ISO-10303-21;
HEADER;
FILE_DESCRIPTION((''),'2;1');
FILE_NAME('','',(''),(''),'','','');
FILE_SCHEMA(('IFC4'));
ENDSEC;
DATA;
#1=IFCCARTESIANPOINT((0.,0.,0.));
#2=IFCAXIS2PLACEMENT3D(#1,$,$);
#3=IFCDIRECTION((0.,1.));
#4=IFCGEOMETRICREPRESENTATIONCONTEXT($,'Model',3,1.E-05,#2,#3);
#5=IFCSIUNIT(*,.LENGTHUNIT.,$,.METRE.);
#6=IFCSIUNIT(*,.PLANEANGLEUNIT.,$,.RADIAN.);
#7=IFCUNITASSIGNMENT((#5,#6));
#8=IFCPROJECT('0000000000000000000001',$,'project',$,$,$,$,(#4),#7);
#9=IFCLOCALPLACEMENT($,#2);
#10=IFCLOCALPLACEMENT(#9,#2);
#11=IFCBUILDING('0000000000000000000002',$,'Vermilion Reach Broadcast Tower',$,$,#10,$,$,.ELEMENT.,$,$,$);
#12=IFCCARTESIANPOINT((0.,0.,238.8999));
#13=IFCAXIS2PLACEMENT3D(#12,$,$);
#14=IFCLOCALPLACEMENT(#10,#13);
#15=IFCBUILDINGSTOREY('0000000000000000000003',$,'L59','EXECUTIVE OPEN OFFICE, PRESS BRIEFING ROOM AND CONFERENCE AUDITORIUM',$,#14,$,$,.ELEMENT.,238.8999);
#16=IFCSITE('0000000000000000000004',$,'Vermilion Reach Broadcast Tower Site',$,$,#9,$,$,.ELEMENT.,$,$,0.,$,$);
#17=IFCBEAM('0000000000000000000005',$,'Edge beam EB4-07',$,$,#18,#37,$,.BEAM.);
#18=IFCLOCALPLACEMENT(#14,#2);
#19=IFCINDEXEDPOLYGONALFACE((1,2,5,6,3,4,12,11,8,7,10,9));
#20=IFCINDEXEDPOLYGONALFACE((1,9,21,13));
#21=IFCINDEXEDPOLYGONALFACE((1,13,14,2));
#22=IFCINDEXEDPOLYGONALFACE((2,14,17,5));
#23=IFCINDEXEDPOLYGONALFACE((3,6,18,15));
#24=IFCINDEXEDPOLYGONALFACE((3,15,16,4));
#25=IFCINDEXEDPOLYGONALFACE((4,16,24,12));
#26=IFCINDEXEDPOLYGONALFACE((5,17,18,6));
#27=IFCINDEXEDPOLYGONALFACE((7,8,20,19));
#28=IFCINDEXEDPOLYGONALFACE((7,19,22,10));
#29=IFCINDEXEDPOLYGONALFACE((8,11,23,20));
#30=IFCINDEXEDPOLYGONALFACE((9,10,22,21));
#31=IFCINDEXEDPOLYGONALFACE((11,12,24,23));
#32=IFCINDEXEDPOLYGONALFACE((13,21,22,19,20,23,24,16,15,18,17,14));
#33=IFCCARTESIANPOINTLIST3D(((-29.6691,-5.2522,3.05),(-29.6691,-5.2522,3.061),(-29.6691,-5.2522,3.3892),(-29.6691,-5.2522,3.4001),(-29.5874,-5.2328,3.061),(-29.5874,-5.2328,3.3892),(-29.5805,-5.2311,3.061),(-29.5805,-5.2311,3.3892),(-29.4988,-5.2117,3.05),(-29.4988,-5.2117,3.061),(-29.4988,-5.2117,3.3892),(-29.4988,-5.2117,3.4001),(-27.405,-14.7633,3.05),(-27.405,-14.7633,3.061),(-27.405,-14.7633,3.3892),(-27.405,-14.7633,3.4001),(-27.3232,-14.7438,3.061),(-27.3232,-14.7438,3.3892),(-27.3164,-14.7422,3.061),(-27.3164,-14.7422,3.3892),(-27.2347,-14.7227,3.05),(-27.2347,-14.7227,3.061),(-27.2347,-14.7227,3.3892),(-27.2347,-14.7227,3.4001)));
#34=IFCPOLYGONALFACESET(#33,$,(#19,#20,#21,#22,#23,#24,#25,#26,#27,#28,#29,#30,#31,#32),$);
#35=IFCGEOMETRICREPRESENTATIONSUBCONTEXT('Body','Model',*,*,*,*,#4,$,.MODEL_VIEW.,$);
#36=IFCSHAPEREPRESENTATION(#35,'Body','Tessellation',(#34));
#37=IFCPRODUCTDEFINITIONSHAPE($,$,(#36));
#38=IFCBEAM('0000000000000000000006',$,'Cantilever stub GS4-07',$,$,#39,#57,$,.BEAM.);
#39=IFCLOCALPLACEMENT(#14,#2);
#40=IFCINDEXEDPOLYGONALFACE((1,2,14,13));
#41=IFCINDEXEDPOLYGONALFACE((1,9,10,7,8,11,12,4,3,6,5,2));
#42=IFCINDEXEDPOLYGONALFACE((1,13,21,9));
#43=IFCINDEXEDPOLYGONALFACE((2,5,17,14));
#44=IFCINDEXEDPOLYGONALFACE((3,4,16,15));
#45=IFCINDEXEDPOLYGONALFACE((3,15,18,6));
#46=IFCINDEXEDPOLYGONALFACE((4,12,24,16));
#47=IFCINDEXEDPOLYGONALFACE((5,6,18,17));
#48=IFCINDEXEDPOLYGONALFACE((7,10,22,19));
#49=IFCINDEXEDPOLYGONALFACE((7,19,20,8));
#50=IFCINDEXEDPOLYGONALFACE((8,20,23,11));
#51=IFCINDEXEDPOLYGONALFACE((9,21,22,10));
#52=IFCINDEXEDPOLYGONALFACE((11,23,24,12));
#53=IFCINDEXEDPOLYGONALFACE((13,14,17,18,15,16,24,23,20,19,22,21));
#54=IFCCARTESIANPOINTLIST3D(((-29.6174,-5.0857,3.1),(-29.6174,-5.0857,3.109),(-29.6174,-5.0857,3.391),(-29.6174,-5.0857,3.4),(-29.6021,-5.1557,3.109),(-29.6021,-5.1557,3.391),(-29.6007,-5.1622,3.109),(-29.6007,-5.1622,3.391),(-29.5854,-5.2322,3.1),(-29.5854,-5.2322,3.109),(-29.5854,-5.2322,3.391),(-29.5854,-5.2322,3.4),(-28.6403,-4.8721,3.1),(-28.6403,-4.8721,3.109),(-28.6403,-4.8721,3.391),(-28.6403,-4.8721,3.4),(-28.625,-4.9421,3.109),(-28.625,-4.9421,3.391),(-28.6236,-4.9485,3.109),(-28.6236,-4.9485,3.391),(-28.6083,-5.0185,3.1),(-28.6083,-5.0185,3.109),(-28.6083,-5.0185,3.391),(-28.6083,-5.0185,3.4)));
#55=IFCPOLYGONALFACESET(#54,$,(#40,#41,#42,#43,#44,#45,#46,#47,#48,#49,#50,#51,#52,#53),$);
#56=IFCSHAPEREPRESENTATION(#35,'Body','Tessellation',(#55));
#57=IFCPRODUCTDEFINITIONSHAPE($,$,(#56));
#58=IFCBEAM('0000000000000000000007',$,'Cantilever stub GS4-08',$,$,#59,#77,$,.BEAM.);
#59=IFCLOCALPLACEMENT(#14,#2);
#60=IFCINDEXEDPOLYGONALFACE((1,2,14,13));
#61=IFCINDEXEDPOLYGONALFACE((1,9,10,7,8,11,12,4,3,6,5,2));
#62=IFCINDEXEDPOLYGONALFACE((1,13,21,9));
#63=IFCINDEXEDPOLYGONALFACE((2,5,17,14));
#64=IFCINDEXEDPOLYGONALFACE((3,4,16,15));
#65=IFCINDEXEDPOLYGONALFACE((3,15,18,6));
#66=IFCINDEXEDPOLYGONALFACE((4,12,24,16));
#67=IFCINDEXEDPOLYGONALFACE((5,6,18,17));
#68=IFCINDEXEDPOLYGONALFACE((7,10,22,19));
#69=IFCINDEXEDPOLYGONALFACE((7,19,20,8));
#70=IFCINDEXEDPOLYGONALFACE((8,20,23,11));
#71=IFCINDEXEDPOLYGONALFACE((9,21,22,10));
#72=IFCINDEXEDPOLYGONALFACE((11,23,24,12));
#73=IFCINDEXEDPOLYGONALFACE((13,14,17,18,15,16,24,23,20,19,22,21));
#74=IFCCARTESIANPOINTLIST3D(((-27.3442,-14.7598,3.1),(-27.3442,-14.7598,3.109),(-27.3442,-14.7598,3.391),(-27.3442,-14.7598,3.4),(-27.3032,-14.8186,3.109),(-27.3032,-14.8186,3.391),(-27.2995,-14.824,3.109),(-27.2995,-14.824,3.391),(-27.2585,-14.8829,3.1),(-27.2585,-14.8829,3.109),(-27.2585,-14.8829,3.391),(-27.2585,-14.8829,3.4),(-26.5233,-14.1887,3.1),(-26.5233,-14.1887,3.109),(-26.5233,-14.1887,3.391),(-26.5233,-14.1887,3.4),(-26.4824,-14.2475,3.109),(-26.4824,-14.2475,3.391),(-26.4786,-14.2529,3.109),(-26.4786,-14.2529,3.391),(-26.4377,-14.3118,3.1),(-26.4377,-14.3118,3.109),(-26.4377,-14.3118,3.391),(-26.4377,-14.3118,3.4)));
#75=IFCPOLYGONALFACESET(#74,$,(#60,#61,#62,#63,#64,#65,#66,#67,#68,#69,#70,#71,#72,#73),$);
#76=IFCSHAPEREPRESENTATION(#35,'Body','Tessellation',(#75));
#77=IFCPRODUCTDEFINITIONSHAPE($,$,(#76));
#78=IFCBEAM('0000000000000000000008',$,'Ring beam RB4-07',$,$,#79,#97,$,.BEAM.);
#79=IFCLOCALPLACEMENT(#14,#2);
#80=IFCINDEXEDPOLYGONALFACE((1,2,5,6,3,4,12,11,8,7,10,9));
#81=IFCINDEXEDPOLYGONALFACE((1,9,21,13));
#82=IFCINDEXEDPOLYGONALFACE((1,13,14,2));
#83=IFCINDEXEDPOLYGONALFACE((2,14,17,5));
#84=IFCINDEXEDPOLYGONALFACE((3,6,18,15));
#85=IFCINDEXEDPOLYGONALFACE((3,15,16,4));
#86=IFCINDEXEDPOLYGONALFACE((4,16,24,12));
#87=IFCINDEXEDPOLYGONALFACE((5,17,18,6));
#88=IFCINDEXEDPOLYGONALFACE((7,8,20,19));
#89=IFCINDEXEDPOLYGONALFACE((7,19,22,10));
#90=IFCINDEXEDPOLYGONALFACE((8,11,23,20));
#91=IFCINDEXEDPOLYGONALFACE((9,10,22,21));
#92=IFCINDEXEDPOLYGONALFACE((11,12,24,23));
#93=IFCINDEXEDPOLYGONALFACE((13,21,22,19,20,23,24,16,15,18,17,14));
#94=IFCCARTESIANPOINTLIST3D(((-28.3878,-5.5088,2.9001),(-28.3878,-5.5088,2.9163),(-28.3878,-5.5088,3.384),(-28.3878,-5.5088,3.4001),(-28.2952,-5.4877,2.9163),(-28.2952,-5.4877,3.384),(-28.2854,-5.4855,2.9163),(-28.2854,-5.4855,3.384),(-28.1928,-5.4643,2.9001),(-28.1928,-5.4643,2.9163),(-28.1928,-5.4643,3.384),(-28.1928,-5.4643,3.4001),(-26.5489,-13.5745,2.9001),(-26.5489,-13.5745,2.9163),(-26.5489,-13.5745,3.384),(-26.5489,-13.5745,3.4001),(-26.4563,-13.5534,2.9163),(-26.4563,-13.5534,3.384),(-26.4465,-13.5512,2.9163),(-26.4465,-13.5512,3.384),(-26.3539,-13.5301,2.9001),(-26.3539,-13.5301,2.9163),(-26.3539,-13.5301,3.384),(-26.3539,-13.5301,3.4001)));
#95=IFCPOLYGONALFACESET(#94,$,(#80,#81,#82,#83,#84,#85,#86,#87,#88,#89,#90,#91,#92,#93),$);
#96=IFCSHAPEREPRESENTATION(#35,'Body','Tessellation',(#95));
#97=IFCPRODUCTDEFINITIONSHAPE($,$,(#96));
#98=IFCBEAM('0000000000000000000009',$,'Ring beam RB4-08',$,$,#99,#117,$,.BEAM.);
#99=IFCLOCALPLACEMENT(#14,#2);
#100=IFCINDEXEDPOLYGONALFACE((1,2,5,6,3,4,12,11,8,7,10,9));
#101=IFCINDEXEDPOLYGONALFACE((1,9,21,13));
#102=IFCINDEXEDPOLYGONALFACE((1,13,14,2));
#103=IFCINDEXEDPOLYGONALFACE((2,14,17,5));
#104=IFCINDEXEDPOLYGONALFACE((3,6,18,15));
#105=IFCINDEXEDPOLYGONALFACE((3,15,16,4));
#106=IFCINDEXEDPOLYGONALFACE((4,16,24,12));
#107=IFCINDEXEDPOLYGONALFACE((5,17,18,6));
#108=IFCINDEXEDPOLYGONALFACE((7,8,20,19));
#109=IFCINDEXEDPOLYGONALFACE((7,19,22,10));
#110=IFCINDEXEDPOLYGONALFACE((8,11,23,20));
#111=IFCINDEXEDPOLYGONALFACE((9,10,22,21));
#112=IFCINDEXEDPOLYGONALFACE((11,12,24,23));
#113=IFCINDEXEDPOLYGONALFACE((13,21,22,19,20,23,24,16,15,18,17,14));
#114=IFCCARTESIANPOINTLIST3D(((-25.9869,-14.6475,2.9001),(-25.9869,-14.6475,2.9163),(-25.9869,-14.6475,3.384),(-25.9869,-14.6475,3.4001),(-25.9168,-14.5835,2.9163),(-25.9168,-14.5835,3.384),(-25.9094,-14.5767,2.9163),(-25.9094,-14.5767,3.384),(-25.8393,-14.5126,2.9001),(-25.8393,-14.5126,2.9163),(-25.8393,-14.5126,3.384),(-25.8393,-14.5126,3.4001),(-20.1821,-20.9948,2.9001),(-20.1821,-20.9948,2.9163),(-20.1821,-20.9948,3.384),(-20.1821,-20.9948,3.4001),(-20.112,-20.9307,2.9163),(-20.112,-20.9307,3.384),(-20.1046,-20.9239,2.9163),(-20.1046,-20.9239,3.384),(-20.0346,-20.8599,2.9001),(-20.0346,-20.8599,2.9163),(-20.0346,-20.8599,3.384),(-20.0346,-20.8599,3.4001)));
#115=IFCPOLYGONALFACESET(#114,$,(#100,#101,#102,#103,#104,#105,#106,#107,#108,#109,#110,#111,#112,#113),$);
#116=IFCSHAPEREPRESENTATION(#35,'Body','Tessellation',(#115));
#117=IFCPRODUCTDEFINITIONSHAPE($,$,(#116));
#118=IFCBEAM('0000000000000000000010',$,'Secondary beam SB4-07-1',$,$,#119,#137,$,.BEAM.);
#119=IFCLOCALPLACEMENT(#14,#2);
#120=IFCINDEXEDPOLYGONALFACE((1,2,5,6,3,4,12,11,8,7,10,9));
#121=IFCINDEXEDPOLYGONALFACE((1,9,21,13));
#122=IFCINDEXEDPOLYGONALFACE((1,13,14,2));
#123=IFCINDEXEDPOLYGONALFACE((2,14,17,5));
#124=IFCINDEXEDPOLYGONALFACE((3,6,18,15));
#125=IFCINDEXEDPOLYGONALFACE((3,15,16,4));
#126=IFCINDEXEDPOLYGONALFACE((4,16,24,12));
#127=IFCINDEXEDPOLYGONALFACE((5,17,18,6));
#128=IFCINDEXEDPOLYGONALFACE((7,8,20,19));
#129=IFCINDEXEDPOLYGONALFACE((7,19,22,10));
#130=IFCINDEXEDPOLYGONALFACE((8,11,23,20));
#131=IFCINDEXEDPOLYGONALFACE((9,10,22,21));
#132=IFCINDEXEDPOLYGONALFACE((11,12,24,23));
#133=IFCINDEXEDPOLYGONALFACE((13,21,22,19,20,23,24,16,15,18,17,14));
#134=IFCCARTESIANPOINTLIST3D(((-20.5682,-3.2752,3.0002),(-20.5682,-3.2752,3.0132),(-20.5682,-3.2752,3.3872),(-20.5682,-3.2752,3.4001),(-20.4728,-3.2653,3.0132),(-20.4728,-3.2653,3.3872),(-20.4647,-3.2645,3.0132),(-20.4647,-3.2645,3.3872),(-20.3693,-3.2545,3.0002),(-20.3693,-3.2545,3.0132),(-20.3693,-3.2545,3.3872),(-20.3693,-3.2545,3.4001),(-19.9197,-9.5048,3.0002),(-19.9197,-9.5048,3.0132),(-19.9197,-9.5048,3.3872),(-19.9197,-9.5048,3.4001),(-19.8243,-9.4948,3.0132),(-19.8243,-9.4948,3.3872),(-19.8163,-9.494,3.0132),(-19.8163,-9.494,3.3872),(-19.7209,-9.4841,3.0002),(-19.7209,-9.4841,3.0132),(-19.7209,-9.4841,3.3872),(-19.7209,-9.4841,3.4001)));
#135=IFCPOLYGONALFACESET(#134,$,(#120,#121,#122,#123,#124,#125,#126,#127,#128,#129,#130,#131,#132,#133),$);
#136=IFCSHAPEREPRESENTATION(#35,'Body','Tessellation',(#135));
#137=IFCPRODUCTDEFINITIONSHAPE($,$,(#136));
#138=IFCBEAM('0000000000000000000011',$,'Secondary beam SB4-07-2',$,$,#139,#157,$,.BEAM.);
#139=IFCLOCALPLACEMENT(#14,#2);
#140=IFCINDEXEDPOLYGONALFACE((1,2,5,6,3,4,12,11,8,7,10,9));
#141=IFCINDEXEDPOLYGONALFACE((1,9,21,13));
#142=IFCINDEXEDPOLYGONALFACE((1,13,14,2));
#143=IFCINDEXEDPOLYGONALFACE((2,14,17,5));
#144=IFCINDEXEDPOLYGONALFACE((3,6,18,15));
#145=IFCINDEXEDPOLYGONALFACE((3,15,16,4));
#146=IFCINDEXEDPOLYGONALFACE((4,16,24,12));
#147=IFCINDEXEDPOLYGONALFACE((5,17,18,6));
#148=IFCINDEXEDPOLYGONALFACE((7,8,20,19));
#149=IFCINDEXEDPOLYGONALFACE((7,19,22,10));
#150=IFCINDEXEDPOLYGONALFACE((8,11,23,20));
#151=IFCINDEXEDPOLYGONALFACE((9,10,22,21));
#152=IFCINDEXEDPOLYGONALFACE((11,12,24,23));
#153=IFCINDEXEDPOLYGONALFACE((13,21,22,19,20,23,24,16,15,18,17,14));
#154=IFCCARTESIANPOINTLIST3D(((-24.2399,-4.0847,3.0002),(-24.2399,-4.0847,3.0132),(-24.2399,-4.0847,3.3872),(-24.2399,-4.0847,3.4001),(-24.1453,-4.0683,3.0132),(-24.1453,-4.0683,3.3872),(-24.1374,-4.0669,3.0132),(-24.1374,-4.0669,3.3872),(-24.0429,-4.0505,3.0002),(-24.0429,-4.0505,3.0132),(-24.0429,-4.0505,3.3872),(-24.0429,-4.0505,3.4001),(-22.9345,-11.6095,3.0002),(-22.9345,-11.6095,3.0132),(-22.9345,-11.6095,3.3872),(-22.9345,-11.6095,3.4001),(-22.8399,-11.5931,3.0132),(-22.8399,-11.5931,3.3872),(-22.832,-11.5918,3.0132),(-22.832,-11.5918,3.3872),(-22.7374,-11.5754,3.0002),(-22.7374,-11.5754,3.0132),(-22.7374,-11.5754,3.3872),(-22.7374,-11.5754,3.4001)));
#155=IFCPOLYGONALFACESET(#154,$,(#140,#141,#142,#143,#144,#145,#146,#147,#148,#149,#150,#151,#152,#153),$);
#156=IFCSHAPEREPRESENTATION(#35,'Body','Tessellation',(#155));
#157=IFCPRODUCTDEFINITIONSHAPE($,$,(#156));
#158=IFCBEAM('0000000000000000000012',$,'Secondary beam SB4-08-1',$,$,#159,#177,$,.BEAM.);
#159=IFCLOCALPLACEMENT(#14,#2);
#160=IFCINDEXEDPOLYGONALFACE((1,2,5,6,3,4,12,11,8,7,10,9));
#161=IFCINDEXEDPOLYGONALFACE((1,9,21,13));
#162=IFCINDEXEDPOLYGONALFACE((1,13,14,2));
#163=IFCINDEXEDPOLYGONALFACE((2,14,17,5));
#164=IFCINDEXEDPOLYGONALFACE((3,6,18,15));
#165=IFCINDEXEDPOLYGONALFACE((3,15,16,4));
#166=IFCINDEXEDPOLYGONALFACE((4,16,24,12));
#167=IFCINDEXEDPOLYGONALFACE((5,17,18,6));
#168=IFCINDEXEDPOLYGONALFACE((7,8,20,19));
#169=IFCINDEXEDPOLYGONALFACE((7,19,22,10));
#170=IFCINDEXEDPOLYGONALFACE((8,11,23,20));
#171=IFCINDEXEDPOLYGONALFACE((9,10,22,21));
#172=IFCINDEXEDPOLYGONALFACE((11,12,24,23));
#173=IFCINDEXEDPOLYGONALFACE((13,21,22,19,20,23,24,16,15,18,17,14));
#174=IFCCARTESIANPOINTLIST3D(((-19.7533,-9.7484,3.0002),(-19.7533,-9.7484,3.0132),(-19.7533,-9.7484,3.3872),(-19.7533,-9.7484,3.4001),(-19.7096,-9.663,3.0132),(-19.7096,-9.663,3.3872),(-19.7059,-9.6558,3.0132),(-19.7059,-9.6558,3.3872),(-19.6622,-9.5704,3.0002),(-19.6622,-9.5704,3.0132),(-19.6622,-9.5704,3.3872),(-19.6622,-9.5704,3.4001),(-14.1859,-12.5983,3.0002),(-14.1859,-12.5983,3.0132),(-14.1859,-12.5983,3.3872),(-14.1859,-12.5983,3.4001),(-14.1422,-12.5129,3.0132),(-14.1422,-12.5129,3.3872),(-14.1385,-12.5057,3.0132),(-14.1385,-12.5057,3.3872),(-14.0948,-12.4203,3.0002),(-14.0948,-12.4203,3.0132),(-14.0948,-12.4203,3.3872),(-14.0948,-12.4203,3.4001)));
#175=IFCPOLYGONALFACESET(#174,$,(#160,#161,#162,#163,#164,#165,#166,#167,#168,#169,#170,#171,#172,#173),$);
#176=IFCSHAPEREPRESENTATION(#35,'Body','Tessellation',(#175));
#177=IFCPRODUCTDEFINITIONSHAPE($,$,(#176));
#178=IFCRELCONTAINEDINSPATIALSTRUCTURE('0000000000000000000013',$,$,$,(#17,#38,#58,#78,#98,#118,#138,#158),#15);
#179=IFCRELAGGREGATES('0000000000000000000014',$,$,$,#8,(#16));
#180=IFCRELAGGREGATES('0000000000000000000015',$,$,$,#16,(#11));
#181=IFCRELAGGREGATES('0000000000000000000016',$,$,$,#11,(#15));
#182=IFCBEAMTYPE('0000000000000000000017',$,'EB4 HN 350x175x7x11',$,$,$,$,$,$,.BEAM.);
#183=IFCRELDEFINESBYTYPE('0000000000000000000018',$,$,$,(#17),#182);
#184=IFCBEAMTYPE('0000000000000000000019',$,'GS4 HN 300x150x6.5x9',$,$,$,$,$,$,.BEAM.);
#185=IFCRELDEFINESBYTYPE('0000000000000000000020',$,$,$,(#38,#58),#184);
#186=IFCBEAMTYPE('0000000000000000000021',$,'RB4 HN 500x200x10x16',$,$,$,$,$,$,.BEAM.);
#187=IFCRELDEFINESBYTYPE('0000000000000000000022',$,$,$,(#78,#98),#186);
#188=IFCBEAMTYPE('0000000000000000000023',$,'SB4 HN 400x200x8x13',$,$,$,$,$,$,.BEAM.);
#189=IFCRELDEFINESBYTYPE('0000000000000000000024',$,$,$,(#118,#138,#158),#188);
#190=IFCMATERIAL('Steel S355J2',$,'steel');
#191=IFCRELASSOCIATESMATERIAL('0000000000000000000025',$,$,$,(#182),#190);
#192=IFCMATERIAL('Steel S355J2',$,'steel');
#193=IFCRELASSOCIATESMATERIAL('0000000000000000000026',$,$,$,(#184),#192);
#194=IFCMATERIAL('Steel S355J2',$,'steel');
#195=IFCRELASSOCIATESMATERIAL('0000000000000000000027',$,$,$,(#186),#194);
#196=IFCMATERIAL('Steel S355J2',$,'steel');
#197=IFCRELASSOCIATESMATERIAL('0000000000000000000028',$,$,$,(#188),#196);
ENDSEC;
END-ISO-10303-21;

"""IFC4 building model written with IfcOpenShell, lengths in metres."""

from ifc_helpers import new_model, si_unit, direction, frame, origin, origin_2d, place, context, subcontext, project, spatial, i_section, extrude, material, material_profile, profile_set, type_object, element, save


model = new_model("IFC4")

# Units and contexts
model_context = context("Model", 3, precision=1e-05, world=origin(), true_north=direction((0.0, 1.0)))
body_context = subcontext(model_context, "Body", "Model", "MODEL_VIEW")
ifc_project = project(units=[si_unit("LENGTHUNIT", "METRE"), si_unit("PLANEANGLEUNIT", "RADIAN")], contexts=[model_context])

# Site, building, storey
site_placement = place(None, origin())
site = spatial("IfcSite", under=ifc_project, at=site_placement, Name="Vermilion Reach Broadcast Tower Site", CompositionType="ELEMENT", RefElevation=0.0)
building_placement = place(site_placement, origin())
building = spatial("IfcBuilding", under=site, at=building_placement, Name="Vermilion Reach Broadcast Tower", CompositionType="ELEMENT")
storey_placement = place(building_placement, frame((0.0, 0.0, 238.8999)))
storey = spatial("IfcBuildingStorey", under=building, at=storey_placement, Name="L59", Description="EXECUTIVE OPEN OFFICE, PRESS BRIEFING ROOM AND CONFERENCE AUDITORIUM", CompositionType="ELEMENT", Elevation=238.8999)

# Beams
ifc_material_1 = material(Name="Steel S355J2", Category="steel")
ifc_material_profile_1 = material_profile(ifc_material_1, i_section(OverallWidth=0.175, OverallDepth=0.3501, WebThickness=0.0071, FlangeThickness=0.011, at=origin_2d()), Name="S355J2 HN 350x175x7x11")
ifc_profile_set_1 = profile_set([ifc_material_profile_1], Name="Steel S355J2")
beam_type_1 = type_object("IfcBeamType", Name="EB4 HN 350x175x7x11", PredefinedType="BEAM", material=ifc_profile_set_1)
beam_1_placement = place(storey_placement, frame((-29.584, -5.2319, 3.2251), z_axis=(0.231586, -0.972815, 0.0), x_axis=(0.972815, 0.231586, 0.0)))
element("IfcBeam", 1, at=beam_1_placement, inside=storey, type_object=beam_type_1, Name="Edge beam EB4-07", PredefinedType="BEAM", context=body_context, shape_type="SweptSolid", body=[
    extrude(i_section(OverallWidth=0.175, OverallDepth=0.3501, WebThickness=0.0071, FlangeThickness=0.011, at=origin_2d()), origin(), (0.0, 0.0, 1.0), 9.7769),
])
ifc_material_2 = material(Name="Steel S355J2", Category="steel")
ifc_material_profile_2 = material_profile(ifc_material_2, i_section(OverallWidth=0.1499, OverallDepth=0.3, WebThickness=0.0066, FlangeThickness=0.009, at=origin_2d()), Name="S355J2 HN 300x150x6.5x9")
ifc_profile_set_2 = profile_set([ifc_material_profile_2], Name="Steel S355J2")
beam_type_2 = type_object("IfcBeamType", Name="GS4 HN 300x150x6.5x9", PredefinedType="BEAM", material=ifc_profile_set_2)
beam_2_placement = place(storey_placement, frame((-28.6243, -4.9453, 3.25), z_axis=(-0.976922, -0.213595, 0.0), x_axis=(0.213595, -0.976922, 0.0)))
element("IfcBeam", 2, at=beam_2_placement, inside=storey, type_object=beam_type_2, Name="Cantilever stub GS4-07", PredefinedType="BEAM", context=body_context, shape_type="SweptSolid", body=[
    extrude(i_section(OverallWidth=0.1499, OverallDepth=0.3, WebThickness=0.0066, FlangeThickness=0.009, at=origin_2d()), origin(), (0.0, 0.0, 1.0), 1.0002),
])
beam_3_placement = place(storey_placement, frame((-26.4805, -14.2502, 3.25), z_axis=(-0.82088, -0.5711, 0.0), x_axis=(0.5711, -0.82088, 0.0)))
element("IfcBeam", 3, at=beam_3_placement, inside=storey, type_object=beam_type_2, Name="Cantilever stub GS4-08", PredefinedType="BEAM", context=body_context, shape_type="SweptSolid", body=[
    extrude(i_section(OverallWidth=0.1499, OverallDepth=0.3, WebThickness=0.0066, FlangeThickness=0.009, at=origin_2d()), origin(), (0.0, 0.0, 1.0), 1.0),
])
ifc_material_3 = material(Name="Steel S355J2", Category="steel")
ifc_material_profile_3 = material_profile(ifc_material_3, i_section(OverallWidth=0.2, OverallDepth=0.5, WebThickness=0.01, FlangeThickness=0.0161, at=origin_2d()), Name="S355J2 HN 500x200x10x16")
ifc_profile_set_3 = profile_set([ifc_material_profile_3], Name="Steel S355J2")
beam_type_3 = type_object("IfcBeamType", Name="RB4 HN 500x200x10x16", PredefinedType="BEAM", material=ifc_profile_set_3)
beam_4_placement = place(storey_placement, frame((-28.2903, -5.4866, 3.1501), z_axis=(0.222283, -0.974982, 0.0), x_axis=(0.974982, 0.222283, 0.0)))
element("IfcBeam", 4, at=beam_4_placement, inside=storey, type_object=beam_type_3, Name="Ring beam RB4-07", PredefinedType="BEAM", context=body_context, shape_type="SweptSolid", body=[
    extrude(i_section(OverallWidth=0.2, OverallDepth=0.5, WebThickness=0.01, FlangeThickness=0.0161, at=origin_2d()), origin(), (0.0, 0.0, 1.0), 8.2727),
])
beam_5_placement = place(storey_placement, frame((-25.9131, -14.5801, 3.1501), z_axis=(0.674868, -0.737938, 0.0), x_axis=(0.737938, 0.674868, 0.0)))
element("IfcBeam", 5, at=beam_5_placement, inside=storey, type_object=beam_type_3, Name="Ring beam RB4-08", PredefinedType="BEAM", context=body_context, shape_type="SweptSolid", body=[
    extrude(i_section(OverallWidth=0.2, OverallDepth=0.5, WebThickness=0.01, FlangeThickness=0.0161, at=origin_2d()), origin(), (0.0, 0.0, 1.0), 8.6013),
])
ifc_material_4 = material(Name="Steel S355J2", Category="steel")
ifc_material_profile_4 = material_profile(ifc_material_4, i_section(OverallWidth=0.2, OverallDepth=0.3999, WebThickness=0.0081, FlangeThickness=0.0129, at=origin_2d()), Name="S355J2 HN 400x200x8x13")
ifc_profile_set_4 = profile_set([ifc_material_profile_4], Name="Steel S355J2")
beam_type_4 = type_object("IfcBeamType", Name="SB4 HN 400x200x8x13", PredefinedType="BEAM", material=ifc_profile_set_4)
beam_6_placement = place(storey_placement, frame((-20.4688, -3.2649, 3.2002), z_axis=(0.103532, -0.994626, 0.0), x_axis=(0.994626, 0.103532, 0.0)))
element("IfcBeam", 6, at=beam_6_placement, inside=storey, type_object=beam_type_4, Name="Secondary beam SB4-07-1", PredefinedType="BEAM", context=body_context, shape_type="SweptSolid", body=[
    extrude(i_section(OverallWidth=0.2, OverallDepth=0.3999, WebThickness=0.0081, FlangeThickness=0.0129, at=origin_2d()), origin(), (0.0, 0.0, 1.0), 6.2632),
])
beam_7_placement = place(storey_placement, frame((-24.1414, -4.0676, 3.2002), z_axis=(0.170927, -0.985284, 0.0), x_axis=(0.985284, 0.170927, 0.0)))
element("IfcBeam", 7, at=beam_7_placement, inside=storey, type_object=beam_type_4, Name="Secondary beam SB4-07-2", PredefinedType="BEAM", context=body_context, shape_type="SweptSolid", body=[
    extrude(i_section(OverallWidth=0.2, OverallDepth=0.3999, WebThickness=0.0081, FlangeThickness=0.0129, at=origin_2d()), origin(), (0.0, 0.0, 1.0), 7.6372),
])
beam_8_placement = place(storey_placement, frame((-19.7078, -9.6594, 3.2002), z_axis=(0.890156, -0.455656, 0.0), x_axis=(0.455656, 0.890156, 0.0)))
element("IfcBeam", 8, at=beam_8_placement, inside=storey, type_object=beam_type_4, Name="Secondary beam SB4-08-1", PredefinedType="BEAM", context=body_context, shape_type="SweptSolid", body=[
    extrude(i_section(OverallWidth=0.2, OverallDepth=0.3999, WebThickness=0.0081, FlangeThickness=0.0129, at=origin_2d()), origin(), (0.0, 0.0, 1.0), 6.2544),
])

save(model, "model.ifc")
